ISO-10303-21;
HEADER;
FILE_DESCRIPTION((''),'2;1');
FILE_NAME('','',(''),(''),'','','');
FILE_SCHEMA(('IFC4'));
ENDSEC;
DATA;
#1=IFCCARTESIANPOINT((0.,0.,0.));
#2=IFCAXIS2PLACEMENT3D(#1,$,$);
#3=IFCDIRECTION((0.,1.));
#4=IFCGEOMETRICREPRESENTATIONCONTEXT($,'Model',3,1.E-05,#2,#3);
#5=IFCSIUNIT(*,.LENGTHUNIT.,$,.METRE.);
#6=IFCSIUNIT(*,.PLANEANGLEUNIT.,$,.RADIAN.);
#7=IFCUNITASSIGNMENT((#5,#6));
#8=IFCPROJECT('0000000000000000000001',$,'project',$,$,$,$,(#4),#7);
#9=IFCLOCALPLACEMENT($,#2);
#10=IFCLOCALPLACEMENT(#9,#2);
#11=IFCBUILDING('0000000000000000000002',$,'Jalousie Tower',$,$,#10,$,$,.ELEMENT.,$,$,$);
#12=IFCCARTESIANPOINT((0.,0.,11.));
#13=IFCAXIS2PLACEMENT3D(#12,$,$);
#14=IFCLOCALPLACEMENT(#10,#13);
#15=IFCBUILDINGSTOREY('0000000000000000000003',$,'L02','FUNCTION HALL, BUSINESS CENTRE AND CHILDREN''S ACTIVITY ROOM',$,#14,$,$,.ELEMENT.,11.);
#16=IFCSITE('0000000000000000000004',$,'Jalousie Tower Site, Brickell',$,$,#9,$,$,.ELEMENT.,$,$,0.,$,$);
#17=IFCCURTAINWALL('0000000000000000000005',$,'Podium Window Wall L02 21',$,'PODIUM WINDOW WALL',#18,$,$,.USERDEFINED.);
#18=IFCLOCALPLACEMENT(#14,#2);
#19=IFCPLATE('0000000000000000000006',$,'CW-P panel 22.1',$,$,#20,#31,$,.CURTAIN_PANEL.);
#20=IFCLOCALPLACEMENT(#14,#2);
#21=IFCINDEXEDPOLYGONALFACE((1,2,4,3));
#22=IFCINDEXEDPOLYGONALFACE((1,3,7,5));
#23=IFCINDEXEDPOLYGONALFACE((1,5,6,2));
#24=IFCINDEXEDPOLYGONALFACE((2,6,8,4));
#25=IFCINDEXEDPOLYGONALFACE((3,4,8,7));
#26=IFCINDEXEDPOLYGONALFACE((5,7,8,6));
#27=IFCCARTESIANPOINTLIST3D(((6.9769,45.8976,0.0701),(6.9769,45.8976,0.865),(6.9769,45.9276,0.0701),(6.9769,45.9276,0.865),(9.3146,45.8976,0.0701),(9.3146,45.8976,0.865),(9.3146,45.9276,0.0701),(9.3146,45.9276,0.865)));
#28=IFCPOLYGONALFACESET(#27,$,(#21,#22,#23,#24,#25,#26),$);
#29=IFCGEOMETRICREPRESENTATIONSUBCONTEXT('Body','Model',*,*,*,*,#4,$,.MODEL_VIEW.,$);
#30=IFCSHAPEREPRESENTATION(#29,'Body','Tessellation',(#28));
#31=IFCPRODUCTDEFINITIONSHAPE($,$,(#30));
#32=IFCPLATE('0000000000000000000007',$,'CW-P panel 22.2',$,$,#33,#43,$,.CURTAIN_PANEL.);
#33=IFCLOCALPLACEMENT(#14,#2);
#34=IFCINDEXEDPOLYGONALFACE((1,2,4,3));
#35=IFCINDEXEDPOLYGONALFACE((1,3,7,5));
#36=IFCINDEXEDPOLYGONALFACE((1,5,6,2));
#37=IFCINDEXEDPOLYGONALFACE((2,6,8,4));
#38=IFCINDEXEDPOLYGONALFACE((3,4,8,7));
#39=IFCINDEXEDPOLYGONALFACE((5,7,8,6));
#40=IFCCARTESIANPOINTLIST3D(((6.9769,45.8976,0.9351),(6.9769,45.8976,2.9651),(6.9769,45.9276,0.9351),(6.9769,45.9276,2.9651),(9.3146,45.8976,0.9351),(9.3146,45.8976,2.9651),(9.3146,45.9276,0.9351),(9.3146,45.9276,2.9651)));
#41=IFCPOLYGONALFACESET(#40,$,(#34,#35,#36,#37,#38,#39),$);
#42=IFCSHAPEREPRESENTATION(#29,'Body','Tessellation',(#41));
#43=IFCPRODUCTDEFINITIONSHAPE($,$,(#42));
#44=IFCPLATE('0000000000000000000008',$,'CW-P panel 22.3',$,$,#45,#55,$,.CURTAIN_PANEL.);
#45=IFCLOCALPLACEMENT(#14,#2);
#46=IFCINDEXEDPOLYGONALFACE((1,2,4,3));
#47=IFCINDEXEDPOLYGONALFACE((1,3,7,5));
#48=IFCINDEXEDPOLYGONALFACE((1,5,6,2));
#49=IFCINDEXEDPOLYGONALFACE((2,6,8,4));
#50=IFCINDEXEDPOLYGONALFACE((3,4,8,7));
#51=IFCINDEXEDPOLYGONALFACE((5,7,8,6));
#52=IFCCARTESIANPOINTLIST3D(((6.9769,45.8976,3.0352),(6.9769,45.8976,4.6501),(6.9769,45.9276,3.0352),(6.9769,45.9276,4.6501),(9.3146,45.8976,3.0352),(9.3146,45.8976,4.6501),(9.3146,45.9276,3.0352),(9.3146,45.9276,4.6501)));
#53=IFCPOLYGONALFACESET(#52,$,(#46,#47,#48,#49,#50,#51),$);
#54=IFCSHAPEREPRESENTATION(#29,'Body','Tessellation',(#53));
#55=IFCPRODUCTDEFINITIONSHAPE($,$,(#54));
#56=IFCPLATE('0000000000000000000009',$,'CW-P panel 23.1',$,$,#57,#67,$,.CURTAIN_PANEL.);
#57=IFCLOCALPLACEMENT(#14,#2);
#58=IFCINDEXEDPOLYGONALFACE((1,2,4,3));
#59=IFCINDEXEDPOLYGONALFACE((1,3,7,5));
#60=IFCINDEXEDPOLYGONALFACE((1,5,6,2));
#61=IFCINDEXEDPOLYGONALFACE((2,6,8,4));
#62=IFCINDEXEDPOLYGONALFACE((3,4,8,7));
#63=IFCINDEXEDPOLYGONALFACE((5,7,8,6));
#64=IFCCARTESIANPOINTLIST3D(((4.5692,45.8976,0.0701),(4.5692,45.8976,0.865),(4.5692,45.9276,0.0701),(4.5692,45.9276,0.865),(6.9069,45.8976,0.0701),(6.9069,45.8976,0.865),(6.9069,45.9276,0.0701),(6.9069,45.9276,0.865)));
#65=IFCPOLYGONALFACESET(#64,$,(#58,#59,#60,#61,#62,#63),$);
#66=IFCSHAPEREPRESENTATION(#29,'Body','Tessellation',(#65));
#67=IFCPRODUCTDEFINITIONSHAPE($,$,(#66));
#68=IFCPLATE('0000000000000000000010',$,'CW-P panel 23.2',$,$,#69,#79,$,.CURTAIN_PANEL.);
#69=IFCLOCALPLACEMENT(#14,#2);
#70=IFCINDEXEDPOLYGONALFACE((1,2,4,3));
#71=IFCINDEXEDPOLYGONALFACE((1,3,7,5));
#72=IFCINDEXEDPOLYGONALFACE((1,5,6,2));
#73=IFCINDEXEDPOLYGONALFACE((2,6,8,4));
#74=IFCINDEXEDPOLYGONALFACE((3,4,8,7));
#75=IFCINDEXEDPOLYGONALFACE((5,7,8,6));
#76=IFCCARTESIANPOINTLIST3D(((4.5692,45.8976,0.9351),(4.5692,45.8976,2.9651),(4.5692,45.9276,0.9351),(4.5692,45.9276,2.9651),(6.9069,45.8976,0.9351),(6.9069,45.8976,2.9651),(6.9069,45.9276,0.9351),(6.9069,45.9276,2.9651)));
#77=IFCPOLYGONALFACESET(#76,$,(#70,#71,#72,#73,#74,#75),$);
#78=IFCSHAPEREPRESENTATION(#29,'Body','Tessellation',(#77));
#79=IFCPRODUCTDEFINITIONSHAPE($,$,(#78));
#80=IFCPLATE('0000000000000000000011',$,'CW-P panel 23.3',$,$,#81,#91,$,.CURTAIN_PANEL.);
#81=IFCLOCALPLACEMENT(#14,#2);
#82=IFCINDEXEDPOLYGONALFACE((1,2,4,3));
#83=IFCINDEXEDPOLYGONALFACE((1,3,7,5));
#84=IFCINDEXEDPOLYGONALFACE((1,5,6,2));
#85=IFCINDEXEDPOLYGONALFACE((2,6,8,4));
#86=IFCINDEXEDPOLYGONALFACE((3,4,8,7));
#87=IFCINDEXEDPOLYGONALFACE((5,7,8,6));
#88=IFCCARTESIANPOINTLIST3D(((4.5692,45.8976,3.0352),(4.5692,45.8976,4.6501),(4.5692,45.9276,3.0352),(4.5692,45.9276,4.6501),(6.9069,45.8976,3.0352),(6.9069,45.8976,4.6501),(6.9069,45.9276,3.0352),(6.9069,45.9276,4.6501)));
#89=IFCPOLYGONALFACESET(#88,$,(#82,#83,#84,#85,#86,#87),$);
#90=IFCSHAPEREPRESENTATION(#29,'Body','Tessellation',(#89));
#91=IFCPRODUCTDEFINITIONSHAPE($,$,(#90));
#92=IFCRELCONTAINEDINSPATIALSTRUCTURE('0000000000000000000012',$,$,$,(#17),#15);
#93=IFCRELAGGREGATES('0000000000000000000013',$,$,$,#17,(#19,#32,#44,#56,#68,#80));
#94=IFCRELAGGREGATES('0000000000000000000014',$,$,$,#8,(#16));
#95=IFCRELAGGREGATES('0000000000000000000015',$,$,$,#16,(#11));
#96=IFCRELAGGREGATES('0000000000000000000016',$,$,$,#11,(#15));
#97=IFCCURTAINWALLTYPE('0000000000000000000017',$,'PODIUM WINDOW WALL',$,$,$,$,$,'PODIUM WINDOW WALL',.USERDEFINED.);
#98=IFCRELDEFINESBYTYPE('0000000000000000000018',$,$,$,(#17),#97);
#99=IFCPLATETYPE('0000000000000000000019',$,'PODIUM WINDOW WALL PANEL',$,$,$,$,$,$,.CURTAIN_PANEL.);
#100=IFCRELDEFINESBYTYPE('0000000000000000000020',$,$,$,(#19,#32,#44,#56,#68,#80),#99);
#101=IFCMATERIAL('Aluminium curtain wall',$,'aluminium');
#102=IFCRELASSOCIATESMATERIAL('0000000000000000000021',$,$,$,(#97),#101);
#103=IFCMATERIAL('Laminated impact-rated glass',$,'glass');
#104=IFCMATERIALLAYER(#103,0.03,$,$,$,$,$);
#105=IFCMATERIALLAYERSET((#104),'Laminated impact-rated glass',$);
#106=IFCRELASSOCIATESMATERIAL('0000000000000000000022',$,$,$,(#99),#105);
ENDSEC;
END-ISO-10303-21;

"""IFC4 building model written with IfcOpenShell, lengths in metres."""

from ifc_helpers import new_model, si_unit, direction, frame, origin, origin_2d, place, context, subcontext, project, spatial, rectangle, extrude, material, layer, layer_set, type_object, element, aggregate, save


model = new_model("IFC4")

# Units and contexts
model_context = context("Model", 3, precision=1e-05, world=origin(), true_north=direction((0.0, 1.0)))
body_context = subcontext(model_context, "Body", "Model", "MODEL_VIEW")
ifc_project = project(units=[si_unit("LENGTHUNIT", "METRE"), si_unit("PLANEANGLEUNIT", "RADIAN")], contexts=[model_context])

# Site, building, storey
site_placement = place(None, origin())
site = spatial("IfcSite", under=ifc_project, at=site_placement, Name="Jalousie Tower Site, Brickell", CompositionType="ELEMENT", RefElevation=0.0)
building_placement = place(site_placement, origin())
building = spatial("IfcBuilding", under=site, at=building_placement, Name="Jalousie Tower", CompositionType="ELEMENT")
storey_placement = place(building_placement, frame((0.0, 0.0, 11.0)))
storey = spatial("IfcBuildingStorey", under=building, at=storey_placement, Name="L02", Description="FUNCTION HALL, BUSINESS CENTRE AND CHILDREN'S ACTIVITY ROOM", CompositionType="ELEMENT", Elevation=11.0)

# Curtain wall, plates
ifc_material_1 = material(Name="Aluminium curtain wall", Category="aluminium")
curtain_wall_type = type_object("IfcCurtainWallType", Name="PODIUM WINDOW WALL", ElementType="PODIUM WINDOW WALL", PredefinedType="USERDEFINED", material=ifc_material_1)
curtain_wall_placement = place(storey_placement, origin())
curtain_wall = element("IfcCurtainWall", 1, at=curtain_wall_placement, inside=storey, type_object=curtain_wall_type, Name="Podium Window Wall L02 21", ObjectType="PODIUM WINDOW WALL", PredefinedType="USERDEFINED")
ifc_material_2 = material(Name="Laminated impact-rated glass", Category="glass")
ifc_layer = layer(ifc_material_2, 0.03)
ifc_layer_set = layer_set([ifc_layer], Name="Laminated impact-rated glass")
plate_type = type_object("IfcPlateType", Name="PODIUM WINDOW WALL PANEL", PredefinedType="CURTAIN_PANEL", material=ifc_layer_set)
plate_1_placement = place(storey_placement, frame((8.1458, 45.9126, 0.0701), z_axis=(0.0, 0.0, 1.0), x_axis=(-1.0, 0.0, 0.0)))
plate_1 = element("IfcPlate", 2, at=plate_1_placement, type_object=plate_type, Name="CW-P panel 22.1", PredefinedType="CURTAIN_PANEL", context=body_context, shape_type="SweptSolid", body=[
    extrude(rectangle(XDim=2.3376, YDim=0.03, at=origin_2d()), origin(), (0.0, 0.0, 1.0), 0.7949),
])
plate_2_placement = place(storey_placement, frame((8.1458, 45.9126, 0.9351), z_axis=(0.0, 0.0, 1.0), x_axis=(-1.0, 0.0, 0.0)))
plate_2 = element("IfcPlate", 3, at=plate_2_placement, type_object=plate_type, Name="CW-P panel 22.2", PredefinedType="CURTAIN_PANEL", context=body_context, shape_type="SweptSolid", body=[
    extrude(rectangle(XDim=2.3376, YDim=0.03, at=origin_2d()), origin(), (0.0, 0.0, 1.0), 2.03),
])
plate_3_placement = place(storey_placement, frame((8.1458, 45.9126, 3.0352), z_axis=(0.0, 0.0, 1.0), x_axis=(-1.0, 0.0, 0.0)))
plate_3 = element("IfcPlate", 4, at=plate_3_placement, type_object=plate_type, Name="CW-P panel 22.3", PredefinedType="CURTAIN_PANEL", context=body_context, shape_type="SweptSolid", body=[
    extrude(rectangle(XDim=2.3376, YDim=0.03, at=origin_2d()), origin(), (0.0, 0.0, 1.0), 1.615),
])
plate_4_placement = place(storey_placement, frame((5.738, 45.9126, 0.0701), z_axis=(0.0, 0.0, 1.0), x_axis=(-1.0, 0.0, 0.0)))
plate_4 = element("IfcPlate", 5, at=plate_4_placement, type_object=plate_type, Name="CW-P panel 23.1", PredefinedType="CURTAIN_PANEL", context=body_context, shape_type="SweptSolid", body=[
    extrude(rectangle(XDim=2.3376, YDim=0.03, at=origin_2d()), origin(), (0.0, 0.0, 1.0), 0.7949),
])
plate_5_placement = place(storey_placement, frame((5.738, 45.9126, 0.9351), z_axis=(0.0, 0.0, 1.0), x_axis=(-1.0, 0.0, 0.0)))
plate_5 = element("IfcPlate", 6, at=plate_5_placement, type_object=plate_type, Name="CW-P panel 23.2", PredefinedType="CURTAIN_PANEL", context=body_context, shape_type="SweptSolid", body=[
    extrude(rectangle(XDim=2.3376, YDim=0.03, at=origin_2d()), origin(), (0.0, 0.0, 1.0), 2.03),
])
plate_6_placement = place(storey_placement, frame((5.738, 45.9126, 3.0352), z_axis=(0.0, 0.0, 1.0), x_axis=(-1.0, 0.0, 0.0)))
plate_6 = element("IfcPlate", 7, at=plate_6_placement, type_object=plate_type, Name="CW-P panel 23.3", PredefinedType="CURTAIN_PANEL", context=body_context, shape_type="SweptSolid", body=[
    extrude(rectangle(XDim=2.3376, YDim=0.03, at=origin_2d()), origin(), (0.0, 0.0, 1.0), 1.615),
])
aggregate(curtain_wall, [plate_1, plate_2, plate_3, plate_4, plate_5, plate_6])

save(model, "model.ifc")
